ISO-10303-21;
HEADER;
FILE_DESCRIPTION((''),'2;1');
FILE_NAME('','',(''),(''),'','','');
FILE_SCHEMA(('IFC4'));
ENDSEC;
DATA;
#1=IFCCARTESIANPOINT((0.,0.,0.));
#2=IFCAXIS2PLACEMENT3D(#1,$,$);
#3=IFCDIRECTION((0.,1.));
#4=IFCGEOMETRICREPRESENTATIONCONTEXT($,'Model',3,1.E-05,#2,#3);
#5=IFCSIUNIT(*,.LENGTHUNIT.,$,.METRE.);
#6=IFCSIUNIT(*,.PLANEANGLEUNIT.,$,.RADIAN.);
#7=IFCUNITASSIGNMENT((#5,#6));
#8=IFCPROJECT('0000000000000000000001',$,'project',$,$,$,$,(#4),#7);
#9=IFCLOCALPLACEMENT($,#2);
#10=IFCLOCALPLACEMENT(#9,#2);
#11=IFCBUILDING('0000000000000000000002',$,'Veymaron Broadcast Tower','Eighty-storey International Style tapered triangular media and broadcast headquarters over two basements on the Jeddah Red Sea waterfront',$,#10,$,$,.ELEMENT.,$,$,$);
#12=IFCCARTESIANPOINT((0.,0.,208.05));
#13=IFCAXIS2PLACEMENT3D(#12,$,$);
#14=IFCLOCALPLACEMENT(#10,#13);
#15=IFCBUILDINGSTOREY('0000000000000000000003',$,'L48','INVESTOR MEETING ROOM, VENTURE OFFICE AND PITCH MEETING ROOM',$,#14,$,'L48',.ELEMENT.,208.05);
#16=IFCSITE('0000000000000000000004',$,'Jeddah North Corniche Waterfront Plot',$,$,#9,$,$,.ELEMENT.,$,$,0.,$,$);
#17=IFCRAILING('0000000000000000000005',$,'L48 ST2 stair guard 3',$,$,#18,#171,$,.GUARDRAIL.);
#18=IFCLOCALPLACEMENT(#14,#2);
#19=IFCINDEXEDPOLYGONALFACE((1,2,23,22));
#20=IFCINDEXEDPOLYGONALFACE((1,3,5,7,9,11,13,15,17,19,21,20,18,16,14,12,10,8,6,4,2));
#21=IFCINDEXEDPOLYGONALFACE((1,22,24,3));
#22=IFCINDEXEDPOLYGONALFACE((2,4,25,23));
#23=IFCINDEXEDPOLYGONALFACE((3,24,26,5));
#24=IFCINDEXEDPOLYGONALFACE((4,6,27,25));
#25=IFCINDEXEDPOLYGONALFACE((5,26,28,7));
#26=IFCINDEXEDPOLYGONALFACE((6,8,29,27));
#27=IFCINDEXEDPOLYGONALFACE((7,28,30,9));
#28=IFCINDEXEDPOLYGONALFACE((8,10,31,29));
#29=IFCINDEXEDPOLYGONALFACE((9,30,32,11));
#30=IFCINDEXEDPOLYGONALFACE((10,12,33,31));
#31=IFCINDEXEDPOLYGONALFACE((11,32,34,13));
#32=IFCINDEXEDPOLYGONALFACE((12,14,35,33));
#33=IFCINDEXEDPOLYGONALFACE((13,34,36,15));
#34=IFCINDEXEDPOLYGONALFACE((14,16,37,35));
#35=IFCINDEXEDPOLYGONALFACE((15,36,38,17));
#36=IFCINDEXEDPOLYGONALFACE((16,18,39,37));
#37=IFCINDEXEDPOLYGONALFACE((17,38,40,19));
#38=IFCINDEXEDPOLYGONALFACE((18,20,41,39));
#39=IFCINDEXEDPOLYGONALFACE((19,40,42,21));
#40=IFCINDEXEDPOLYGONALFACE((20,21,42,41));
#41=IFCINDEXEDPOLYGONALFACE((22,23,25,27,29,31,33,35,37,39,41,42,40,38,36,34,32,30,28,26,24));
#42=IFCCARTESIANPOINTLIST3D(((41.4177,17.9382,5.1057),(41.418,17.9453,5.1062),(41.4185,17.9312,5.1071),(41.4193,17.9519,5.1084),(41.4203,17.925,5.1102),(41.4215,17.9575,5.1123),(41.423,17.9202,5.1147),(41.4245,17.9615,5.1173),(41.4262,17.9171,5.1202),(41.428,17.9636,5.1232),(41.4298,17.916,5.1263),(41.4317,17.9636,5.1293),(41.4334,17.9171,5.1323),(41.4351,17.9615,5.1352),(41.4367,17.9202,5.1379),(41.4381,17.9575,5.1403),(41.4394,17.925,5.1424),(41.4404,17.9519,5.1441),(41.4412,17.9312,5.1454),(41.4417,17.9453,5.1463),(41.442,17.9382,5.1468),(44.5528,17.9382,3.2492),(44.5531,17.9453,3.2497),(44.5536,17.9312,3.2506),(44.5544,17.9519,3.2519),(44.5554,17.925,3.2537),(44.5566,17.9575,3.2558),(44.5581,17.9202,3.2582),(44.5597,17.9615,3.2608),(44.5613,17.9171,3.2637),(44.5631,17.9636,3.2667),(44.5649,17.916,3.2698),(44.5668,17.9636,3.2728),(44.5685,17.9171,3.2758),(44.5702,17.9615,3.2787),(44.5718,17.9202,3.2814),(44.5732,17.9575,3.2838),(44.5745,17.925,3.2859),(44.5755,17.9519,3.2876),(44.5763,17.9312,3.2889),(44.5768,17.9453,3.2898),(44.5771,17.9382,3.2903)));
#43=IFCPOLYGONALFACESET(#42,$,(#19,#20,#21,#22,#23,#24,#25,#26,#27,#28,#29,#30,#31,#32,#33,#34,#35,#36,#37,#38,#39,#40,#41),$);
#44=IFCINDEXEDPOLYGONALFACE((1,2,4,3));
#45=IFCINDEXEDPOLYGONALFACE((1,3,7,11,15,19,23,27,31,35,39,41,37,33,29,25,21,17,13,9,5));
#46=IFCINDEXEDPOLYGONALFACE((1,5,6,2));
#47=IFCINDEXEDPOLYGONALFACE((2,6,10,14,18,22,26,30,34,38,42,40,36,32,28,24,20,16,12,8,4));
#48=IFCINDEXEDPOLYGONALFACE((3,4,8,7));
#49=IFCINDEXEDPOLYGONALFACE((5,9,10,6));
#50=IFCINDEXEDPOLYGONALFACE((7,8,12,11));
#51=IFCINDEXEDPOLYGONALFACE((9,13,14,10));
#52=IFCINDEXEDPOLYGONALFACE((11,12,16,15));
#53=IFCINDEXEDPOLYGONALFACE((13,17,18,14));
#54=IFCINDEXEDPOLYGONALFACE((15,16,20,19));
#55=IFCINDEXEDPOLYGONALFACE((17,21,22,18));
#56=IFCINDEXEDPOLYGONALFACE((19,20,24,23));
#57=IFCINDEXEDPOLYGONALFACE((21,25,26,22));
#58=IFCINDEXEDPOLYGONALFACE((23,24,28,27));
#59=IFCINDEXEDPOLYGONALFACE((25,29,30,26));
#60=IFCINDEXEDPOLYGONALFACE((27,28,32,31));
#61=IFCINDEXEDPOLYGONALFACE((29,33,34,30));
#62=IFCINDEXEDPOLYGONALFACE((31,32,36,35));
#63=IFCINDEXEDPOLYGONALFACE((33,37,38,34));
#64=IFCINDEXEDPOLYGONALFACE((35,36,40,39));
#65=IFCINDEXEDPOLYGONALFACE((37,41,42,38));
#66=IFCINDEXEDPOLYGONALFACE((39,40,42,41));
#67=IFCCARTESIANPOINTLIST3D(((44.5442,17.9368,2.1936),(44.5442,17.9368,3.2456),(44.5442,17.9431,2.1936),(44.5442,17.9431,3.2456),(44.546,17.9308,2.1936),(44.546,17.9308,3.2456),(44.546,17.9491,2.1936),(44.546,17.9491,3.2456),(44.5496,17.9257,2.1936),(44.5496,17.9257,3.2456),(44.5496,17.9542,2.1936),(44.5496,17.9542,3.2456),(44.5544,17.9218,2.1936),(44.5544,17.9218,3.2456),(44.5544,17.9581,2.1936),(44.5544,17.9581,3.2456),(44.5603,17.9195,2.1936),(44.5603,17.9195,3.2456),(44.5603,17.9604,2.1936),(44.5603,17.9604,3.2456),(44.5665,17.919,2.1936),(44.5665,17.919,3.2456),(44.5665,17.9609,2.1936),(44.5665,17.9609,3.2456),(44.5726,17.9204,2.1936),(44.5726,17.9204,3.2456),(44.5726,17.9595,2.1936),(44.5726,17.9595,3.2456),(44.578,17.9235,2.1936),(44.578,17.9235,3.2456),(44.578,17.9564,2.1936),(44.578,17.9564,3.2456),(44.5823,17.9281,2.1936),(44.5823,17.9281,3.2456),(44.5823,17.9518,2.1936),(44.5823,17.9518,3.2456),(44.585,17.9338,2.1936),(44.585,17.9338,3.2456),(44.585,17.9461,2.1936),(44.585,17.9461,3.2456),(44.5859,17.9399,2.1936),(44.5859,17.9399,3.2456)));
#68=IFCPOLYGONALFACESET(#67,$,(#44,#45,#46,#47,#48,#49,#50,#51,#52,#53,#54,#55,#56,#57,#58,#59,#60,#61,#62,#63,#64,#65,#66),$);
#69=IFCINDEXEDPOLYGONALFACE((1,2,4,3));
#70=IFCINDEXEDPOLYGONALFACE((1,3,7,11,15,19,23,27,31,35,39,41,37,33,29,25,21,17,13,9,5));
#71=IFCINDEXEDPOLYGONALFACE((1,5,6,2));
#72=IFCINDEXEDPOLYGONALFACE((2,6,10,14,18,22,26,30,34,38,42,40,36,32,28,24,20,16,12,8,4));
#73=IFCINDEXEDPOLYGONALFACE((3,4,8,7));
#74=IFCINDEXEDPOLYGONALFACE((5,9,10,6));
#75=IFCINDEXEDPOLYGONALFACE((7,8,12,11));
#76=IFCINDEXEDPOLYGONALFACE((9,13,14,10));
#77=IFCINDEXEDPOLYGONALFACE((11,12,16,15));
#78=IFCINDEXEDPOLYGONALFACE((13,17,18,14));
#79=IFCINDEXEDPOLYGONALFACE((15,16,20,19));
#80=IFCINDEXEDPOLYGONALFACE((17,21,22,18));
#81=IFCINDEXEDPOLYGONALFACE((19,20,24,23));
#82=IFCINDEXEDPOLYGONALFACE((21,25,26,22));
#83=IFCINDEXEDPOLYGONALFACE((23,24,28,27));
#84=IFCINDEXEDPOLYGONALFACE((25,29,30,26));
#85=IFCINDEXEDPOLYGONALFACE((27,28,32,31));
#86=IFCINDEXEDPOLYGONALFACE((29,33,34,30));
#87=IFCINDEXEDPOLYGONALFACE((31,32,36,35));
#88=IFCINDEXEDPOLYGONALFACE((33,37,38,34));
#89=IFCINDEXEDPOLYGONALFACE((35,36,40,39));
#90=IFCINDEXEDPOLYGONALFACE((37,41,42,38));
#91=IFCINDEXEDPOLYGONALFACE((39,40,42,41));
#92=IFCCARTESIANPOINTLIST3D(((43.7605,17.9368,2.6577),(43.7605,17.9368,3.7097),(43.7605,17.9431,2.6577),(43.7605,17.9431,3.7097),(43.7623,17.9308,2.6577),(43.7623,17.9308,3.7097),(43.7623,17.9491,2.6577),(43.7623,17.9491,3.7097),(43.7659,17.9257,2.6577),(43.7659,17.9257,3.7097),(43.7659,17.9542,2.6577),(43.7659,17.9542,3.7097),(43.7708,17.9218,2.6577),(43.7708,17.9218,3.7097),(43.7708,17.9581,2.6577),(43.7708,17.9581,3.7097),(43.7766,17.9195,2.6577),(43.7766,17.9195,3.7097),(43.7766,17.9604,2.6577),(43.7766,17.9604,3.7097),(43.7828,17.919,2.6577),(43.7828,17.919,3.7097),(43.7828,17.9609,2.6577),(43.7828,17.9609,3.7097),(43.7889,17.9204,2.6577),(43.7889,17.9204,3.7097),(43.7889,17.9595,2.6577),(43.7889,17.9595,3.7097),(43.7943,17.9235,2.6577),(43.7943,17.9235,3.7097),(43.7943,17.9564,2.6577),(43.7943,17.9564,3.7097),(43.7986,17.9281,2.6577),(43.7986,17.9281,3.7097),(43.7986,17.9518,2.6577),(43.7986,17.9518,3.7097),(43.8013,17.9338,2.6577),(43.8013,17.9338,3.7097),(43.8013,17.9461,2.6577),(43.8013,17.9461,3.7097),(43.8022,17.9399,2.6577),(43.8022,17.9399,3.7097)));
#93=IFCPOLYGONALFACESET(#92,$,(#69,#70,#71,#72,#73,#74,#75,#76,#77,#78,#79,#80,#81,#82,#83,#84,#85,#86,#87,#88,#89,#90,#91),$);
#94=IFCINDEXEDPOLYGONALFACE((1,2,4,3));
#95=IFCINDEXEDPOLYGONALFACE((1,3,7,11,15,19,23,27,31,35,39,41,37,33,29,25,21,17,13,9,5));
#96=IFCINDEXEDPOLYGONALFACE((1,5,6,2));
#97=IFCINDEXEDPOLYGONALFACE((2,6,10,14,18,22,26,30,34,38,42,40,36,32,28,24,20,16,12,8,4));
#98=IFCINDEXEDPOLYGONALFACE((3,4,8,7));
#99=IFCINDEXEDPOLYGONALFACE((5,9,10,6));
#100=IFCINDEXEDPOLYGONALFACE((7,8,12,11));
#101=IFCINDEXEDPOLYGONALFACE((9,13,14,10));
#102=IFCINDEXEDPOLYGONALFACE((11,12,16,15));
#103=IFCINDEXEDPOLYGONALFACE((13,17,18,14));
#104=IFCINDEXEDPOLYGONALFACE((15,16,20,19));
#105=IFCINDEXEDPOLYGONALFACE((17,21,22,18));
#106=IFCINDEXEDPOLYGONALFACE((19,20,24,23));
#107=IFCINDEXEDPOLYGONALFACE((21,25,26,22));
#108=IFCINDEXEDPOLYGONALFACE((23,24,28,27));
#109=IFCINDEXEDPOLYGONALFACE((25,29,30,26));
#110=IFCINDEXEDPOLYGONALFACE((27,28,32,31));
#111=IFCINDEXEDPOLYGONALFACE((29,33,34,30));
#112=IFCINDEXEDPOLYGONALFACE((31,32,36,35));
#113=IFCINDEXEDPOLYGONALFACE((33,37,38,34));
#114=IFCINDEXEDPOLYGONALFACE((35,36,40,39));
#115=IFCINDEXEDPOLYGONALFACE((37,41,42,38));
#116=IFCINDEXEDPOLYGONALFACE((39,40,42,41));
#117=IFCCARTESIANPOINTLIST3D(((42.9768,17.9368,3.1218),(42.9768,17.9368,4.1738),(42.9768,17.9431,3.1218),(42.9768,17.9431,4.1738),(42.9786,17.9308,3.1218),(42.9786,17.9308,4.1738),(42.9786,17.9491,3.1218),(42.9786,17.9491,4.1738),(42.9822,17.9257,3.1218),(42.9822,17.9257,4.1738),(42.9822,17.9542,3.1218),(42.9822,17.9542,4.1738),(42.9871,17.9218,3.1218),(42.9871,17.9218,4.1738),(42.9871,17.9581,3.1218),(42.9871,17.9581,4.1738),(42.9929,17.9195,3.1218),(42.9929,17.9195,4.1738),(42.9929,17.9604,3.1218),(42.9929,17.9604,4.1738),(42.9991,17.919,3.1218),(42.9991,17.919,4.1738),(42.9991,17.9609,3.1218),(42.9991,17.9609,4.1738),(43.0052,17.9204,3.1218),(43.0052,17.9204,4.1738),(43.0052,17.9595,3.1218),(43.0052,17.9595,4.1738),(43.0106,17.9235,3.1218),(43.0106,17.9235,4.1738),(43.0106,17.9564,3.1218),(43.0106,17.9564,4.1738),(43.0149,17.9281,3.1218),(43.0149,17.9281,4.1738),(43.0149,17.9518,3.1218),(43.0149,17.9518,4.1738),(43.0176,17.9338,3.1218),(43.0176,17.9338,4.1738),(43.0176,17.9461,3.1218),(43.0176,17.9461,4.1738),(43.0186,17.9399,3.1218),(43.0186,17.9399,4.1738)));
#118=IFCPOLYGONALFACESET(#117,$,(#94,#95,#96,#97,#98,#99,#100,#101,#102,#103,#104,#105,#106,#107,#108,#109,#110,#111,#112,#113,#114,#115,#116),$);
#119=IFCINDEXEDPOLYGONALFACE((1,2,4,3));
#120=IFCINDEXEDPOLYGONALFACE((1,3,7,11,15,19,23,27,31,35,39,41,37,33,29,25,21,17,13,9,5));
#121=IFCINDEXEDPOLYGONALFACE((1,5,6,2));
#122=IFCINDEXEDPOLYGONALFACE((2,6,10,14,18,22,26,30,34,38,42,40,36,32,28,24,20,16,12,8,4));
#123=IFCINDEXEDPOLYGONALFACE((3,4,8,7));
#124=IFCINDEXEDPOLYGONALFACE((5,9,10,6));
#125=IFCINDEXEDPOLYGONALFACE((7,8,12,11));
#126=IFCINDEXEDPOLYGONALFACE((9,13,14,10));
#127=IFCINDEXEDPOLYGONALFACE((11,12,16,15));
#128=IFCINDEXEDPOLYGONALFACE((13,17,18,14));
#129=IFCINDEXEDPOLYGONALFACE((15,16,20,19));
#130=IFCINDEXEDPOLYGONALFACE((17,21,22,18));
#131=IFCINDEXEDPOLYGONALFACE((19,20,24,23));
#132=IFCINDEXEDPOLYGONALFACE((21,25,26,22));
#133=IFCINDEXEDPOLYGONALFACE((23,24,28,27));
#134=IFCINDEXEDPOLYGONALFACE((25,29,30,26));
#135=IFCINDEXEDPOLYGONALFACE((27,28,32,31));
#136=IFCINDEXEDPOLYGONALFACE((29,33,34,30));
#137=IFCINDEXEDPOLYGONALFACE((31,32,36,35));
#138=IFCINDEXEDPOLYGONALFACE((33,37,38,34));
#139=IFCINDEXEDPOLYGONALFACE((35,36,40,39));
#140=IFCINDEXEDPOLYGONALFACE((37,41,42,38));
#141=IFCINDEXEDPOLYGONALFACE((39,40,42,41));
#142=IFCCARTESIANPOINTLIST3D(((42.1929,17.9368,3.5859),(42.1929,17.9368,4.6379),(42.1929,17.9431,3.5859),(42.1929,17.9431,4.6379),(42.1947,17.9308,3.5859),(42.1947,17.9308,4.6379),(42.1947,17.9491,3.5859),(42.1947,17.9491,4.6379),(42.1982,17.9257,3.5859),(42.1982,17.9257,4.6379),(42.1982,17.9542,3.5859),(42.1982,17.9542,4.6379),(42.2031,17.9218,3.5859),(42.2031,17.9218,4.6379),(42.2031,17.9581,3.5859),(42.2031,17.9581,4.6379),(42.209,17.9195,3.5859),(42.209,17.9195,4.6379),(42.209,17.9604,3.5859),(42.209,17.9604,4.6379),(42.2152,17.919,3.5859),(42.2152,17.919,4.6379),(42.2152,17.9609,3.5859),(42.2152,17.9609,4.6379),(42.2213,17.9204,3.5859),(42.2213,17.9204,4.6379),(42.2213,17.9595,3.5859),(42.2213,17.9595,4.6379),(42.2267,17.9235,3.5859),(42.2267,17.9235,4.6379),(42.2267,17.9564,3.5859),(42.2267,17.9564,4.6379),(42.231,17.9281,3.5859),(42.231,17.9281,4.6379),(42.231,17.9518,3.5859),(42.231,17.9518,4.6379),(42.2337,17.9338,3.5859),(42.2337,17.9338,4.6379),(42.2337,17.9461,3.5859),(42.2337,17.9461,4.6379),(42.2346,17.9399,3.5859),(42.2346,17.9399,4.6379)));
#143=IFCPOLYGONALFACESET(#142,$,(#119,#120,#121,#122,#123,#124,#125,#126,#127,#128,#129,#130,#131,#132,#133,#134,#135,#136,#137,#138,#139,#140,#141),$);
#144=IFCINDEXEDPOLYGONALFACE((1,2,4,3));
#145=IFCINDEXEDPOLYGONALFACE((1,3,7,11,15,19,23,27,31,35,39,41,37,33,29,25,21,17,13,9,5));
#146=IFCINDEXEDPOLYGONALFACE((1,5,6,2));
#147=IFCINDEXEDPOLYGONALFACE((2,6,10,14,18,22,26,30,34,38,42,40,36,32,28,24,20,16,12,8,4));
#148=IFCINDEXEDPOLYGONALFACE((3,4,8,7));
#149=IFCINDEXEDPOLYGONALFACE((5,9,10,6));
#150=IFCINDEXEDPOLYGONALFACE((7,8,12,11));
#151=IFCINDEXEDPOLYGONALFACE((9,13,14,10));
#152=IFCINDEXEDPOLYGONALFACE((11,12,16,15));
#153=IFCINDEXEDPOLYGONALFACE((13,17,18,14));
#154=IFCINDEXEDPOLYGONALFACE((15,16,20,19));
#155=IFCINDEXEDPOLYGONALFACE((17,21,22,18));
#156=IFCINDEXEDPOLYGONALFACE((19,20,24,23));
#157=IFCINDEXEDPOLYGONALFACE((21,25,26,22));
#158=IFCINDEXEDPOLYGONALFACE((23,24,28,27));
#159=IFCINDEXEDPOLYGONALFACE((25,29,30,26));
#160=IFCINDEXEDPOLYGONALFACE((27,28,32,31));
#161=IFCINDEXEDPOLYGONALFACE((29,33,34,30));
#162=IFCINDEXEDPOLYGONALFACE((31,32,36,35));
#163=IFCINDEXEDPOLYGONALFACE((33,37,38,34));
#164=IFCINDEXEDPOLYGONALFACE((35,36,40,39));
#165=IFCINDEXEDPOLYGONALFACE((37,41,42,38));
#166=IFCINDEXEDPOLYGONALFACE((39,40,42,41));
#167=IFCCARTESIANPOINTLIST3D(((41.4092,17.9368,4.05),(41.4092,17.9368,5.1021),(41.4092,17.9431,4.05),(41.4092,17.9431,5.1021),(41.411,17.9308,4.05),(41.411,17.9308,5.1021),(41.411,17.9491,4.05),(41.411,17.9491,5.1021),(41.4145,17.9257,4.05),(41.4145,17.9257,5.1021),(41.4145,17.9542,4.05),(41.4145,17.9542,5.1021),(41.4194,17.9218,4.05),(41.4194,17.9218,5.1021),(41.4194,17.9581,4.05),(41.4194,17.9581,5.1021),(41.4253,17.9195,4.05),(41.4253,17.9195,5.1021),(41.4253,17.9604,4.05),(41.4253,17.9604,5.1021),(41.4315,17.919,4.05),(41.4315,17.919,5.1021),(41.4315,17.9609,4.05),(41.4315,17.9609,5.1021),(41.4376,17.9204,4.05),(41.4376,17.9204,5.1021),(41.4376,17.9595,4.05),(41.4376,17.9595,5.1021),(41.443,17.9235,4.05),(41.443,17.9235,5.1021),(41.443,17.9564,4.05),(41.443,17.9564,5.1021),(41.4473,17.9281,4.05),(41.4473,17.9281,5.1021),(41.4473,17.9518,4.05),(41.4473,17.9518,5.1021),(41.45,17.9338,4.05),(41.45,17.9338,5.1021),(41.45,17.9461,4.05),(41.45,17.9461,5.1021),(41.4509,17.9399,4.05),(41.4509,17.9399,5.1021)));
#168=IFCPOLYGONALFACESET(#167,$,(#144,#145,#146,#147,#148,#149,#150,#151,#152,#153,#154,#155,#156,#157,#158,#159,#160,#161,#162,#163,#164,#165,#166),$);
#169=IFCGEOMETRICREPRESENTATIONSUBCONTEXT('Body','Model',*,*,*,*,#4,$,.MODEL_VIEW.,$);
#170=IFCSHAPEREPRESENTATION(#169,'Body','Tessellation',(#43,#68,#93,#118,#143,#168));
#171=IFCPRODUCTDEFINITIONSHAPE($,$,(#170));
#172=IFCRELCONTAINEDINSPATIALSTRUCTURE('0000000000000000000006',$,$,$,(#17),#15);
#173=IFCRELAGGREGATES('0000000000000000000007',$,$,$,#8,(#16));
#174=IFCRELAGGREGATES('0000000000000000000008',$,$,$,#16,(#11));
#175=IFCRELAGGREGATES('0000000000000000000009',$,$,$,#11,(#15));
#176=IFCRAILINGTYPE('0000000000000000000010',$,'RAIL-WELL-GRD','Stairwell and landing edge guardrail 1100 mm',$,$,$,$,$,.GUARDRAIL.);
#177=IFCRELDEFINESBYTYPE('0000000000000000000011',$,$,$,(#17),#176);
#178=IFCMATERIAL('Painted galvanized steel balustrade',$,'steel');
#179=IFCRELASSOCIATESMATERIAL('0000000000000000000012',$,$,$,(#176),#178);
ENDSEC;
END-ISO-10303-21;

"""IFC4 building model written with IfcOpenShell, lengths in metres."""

from ifc_helpers import new_model, si_unit, direction, frame, origin, origin_2d, place, context, subcontext, project, spatial, circle, extrude, material, type_object, element, save


model = new_model("IFC4")

# Units and contexts
model_context = context("Model", 3, precision=1e-05, world=origin(), true_north=direction((0.0, 1.0)))
body_context = subcontext(model_context, "Body", "Model", "MODEL_VIEW")
ifc_project = project(units=[si_unit("LENGTHUNIT", "METRE"), si_unit("PLANEANGLEUNIT", "RADIAN")], contexts=[model_context])

# Site, building, storey
site_placement = place(None, origin())
site = spatial("IfcSite", under=ifc_project, at=site_placement, Name="Jeddah North Corniche Waterfront Plot", CompositionType="ELEMENT", RefElevation=0.0)
building_placement = place(site_placement, origin())
building = spatial("IfcBuilding", under=site, at=building_placement, Name="Veymaron Broadcast Tower", Description="Eighty-storey International Style tapered triangular media and broadcast headquarters over two basements on the Jeddah Red Sea waterfront", CompositionType="ELEMENT")
storey_placement = place(building_placement, frame((0.0, 0.0, 208.05)))
storey = spatial("IfcBuildingStorey", under=building, at=storey_placement, Name="L48", Description="INVESTOR MEETING ROOM, VENTURE OFFICE AND PITCH MEETING ROOM", LongName="L48", CompositionType="ELEMENT", Elevation=208.05)

# Railing
ifc_material_1 = material(Name="Painted galvanized steel balustrade", Category="steel")
railing_type_1 = type_object("IfcRailingType", Name="RAIL-WELL-GRD", Description="Stairwell and landing edge guardrail 1100 mm", PredefinedType="GUARDRAIL", material=ifc_material_1)
railing_1_placement = place(storey_placement, frame((44.5649, 17.9399, 2.1936)))
element("IfcRailing", 1, at=railing_1_placement, inside=storey, type_object=railing_type_1, Name="L48 ST2 stair guard 3", PredefinedType="GUARDRAIL", context=body_context, shape_type="SweptSolid", body=[
    extrude(circle(Radius=0.0239, at=origin_2d()), frame((0.0, 0.0, 1.0762), z_axis=(-0.860453, 0.0, 0.509531), x_axis=(0.0, -1.0, 0.0)), (0.0, 0.0, 1.0), 3.6436),
    extrude(circle(Radius=0.021, at=origin_2d()), origin(), (0.0, 0.0, 1.0), 1.052),
    extrude(circle(Radius=0.021, at=origin_2d()), frame((-0.7837, 0.0, 0.4641)), (0.0, 0.0, 1.0), 1.052),
    extrude(circle(Radius=0.021, at=origin_2d()), frame((-1.5674, 0.0, 0.9282)), (0.0, 0.0, 1.0), 1.052),
    extrude(circle(Radius=0.021, at=origin_2d()), frame((-2.3513, 0.0, 1.3923)), (0.0, 0.0, 1.0), 1.052),
    extrude(circle(Radius=0.021, at=origin_2d()), frame((-3.135, 0.0, 1.8564)), (0.0, 0.0, 1.0), 1.052),
])

save(model, "model.ifc")
